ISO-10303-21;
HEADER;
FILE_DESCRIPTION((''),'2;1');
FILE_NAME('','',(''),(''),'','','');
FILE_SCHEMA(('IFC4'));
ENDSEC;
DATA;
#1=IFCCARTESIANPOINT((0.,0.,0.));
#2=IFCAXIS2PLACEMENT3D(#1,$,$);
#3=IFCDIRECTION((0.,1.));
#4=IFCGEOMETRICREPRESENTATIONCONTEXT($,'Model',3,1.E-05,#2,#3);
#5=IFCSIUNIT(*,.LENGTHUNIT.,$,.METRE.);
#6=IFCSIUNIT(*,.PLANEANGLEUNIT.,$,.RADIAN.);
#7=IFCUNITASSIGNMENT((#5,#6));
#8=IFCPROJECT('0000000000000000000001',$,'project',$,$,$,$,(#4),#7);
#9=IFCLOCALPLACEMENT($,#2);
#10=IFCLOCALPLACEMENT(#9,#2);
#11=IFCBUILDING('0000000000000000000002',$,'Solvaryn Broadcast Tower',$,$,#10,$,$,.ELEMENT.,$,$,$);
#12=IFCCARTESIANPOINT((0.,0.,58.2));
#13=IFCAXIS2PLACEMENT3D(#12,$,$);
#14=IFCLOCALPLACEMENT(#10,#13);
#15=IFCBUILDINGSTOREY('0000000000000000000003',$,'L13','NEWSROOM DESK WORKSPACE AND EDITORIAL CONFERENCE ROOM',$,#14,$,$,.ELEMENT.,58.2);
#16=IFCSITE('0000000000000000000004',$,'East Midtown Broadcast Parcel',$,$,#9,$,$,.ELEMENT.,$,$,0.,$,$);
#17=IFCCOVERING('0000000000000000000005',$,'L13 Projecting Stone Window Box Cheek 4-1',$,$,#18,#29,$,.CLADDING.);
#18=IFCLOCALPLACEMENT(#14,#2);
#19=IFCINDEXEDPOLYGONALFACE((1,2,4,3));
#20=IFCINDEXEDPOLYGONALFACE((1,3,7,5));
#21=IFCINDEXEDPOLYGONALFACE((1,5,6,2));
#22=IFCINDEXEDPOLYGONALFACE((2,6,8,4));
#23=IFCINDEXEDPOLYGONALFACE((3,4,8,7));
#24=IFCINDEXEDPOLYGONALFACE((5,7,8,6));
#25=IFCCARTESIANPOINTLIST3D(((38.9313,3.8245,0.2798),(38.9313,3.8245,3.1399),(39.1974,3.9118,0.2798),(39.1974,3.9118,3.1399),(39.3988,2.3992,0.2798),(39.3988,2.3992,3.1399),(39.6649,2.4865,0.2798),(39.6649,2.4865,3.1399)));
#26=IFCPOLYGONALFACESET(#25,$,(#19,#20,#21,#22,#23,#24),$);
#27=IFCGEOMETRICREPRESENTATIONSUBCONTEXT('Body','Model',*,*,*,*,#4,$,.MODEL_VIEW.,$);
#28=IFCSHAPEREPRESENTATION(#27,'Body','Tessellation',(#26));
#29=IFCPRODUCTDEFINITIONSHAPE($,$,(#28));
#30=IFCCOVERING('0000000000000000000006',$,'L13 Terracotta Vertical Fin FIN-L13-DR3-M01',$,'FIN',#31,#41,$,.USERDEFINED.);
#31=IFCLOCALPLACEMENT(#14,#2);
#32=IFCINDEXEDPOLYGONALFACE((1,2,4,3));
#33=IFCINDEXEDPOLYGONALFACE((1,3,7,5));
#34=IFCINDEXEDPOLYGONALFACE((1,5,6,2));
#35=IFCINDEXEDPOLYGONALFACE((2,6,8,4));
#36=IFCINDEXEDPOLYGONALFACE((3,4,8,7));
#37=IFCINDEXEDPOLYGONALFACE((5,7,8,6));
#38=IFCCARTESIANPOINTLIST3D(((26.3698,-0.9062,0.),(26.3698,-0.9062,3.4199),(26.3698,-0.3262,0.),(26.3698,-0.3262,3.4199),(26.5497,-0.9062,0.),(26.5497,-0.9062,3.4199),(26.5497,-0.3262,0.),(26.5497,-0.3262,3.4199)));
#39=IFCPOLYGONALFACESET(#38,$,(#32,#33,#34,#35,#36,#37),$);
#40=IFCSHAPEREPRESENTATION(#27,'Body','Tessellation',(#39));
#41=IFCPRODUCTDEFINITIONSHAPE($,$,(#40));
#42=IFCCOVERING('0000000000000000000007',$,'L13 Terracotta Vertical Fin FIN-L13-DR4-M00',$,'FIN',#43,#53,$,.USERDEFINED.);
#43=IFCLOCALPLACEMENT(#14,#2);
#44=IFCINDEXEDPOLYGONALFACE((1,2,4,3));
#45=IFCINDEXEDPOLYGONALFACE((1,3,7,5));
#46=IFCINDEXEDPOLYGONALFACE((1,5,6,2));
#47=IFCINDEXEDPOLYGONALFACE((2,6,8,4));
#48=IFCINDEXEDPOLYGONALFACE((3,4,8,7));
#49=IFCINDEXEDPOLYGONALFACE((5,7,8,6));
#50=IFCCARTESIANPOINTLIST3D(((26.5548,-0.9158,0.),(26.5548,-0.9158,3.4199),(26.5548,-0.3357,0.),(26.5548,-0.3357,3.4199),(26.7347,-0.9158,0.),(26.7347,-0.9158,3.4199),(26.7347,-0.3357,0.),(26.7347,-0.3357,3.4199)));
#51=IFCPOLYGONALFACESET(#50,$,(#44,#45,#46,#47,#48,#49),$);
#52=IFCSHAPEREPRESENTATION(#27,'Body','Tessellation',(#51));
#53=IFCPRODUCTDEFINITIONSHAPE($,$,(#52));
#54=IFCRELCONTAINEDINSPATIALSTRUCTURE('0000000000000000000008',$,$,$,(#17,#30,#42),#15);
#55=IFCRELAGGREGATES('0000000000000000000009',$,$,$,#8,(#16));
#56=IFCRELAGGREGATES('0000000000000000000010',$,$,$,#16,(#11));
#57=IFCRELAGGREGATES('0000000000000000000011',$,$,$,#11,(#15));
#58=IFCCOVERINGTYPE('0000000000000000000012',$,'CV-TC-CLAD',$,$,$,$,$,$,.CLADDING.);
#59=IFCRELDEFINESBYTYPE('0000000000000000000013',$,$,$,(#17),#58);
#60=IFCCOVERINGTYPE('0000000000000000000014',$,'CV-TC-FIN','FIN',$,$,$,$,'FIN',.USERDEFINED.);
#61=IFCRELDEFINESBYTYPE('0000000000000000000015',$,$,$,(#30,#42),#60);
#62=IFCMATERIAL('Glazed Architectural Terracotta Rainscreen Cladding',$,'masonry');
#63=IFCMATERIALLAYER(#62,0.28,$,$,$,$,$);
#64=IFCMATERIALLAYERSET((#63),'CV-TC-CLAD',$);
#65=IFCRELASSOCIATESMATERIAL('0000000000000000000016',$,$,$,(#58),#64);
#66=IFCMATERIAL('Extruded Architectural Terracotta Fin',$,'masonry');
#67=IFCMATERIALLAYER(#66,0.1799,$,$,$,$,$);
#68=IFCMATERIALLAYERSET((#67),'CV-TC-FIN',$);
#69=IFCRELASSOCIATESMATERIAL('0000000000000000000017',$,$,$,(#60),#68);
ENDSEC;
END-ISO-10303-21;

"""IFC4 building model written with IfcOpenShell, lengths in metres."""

from ifc_helpers import new_model, si_unit, direction, frame, origin, origin_2d, place, context, subcontext, project, spatial, rectangle, extrude, material, layer, layer_set, type_object, element, save


model = new_model("IFC4")

# Units and contexts
model_context = context("Model", 3, precision=1e-05, world=origin(), true_north=direction((0.0, 1.0)))
body_context = subcontext(model_context, "Body", "Model", "MODEL_VIEW")
ifc_project = project(units=[si_unit("LENGTHUNIT", "METRE"), si_unit("PLANEANGLEUNIT", "RADIAN")], contexts=[model_context])

# Site, building, storey
site_placement = place(None, origin())
site = spatial("IfcSite", under=ifc_project, at=site_placement, Name="East Midtown Broadcast Parcel", CompositionType="ELEMENT", RefElevation=0.0)
building_placement = place(site_placement, origin())
building = spatial("IfcBuilding", under=site, at=building_placement, Name="Solvaryn Broadcast Tower", CompositionType="ELEMENT")
storey_placement = place(building_placement, frame((0.0, 0.0, 58.2)))
storey = spatial("IfcBuildingStorey", under=building, at=storey_placement, Name="L13", Description="NEWSROOM DESK WORKSPACE AND EDITORIAL CONFERENCE ROOM", CompositionType="ELEMENT", Elevation=58.2)

# Coverings
ifc_material_1 = material(Name="Glazed Architectural Terracotta Rainscreen Cladding", Category="masonry")
ifc_layer_1 = layer(ifc_material_1, 0.28)
ifc_layer_set_1 = layer_set([ifc_layer_1], Name="CV-TC-CLAD")
covering_type_1 = type_object("IfcCoveringType", Name="CV-TC-CLAD", PredefinedType="CLADDING", material=ifc_layer_set_1)
covering_placement = place(storey_placement, frame((39.2981, 3.1555, 0.2798), z_axis=(0.0, 0.0, 1.0), x_axis=(0.95019, 0.311672, 0.0)))
element("IfcCovering", 1, at=covering_placement, inside=storey, type_object=covering_type_1, Name="L13 Projecting Stone Window Box Cheek 4-1", PredefinedType="CLADDING", context=body_context, shape_type="SweptSolid", body=[
    extrude(rectangle(XDim=0.28, YDim=1.5, at=origin_2d()), origin(), (0.0, 0.0, 1.0), 2.8601),
])
ifc_material_2 = material(Name="Extruded Architectural Terracotta Fin", Category="masonry")
ifc_layer_2 = layer(ifc_material_2, 0.1799)
ifc_layer_set_2 = layer_set([ifc_layer_2], Name="CV-TC-FIN")
covering_type_2 = type_object("IfcCoveringType", Name="CV-TC-FIN", Description="FIN", ElementType="FIN", PredefinedType="USERDEFINED", material=ifc_layer_set_2)
for number, where, z_axis, x_axis, name in (
    (2, (26.4597, -0.6162, 0.0), (0.0, 0.0, 1.0), (1.0, 0.0, 0.0), "L13 Terracotta Vertical Fin FIN-L13-DR3-M01"),
    (3, (26.6448, -0.6257, 0.0), (0.0, 0.0, 1.0), (1.0, 0.0, 0.0), "L13 Terracotta Vertical Fin FIN-L13-DR4-M00"),
):
    element("IfcCovering", number, at=place(storey_placement, frame(where, z_axis=z_axis, x_axis=x_axis)), inside=storey, type_object=covering_type_2, Name=name, ObjectType="FIN", PredefinedType="USERDEFINED", context=body_context, shape_type="SweptSolid", body=[
        extrude(rectangle(XDim=0.1799, YDim=0.5801, at=origin_2d()), origin(), (0.0, 0.0, 1.0), 3.4199),
    ])

save(model, "model.ifc")
